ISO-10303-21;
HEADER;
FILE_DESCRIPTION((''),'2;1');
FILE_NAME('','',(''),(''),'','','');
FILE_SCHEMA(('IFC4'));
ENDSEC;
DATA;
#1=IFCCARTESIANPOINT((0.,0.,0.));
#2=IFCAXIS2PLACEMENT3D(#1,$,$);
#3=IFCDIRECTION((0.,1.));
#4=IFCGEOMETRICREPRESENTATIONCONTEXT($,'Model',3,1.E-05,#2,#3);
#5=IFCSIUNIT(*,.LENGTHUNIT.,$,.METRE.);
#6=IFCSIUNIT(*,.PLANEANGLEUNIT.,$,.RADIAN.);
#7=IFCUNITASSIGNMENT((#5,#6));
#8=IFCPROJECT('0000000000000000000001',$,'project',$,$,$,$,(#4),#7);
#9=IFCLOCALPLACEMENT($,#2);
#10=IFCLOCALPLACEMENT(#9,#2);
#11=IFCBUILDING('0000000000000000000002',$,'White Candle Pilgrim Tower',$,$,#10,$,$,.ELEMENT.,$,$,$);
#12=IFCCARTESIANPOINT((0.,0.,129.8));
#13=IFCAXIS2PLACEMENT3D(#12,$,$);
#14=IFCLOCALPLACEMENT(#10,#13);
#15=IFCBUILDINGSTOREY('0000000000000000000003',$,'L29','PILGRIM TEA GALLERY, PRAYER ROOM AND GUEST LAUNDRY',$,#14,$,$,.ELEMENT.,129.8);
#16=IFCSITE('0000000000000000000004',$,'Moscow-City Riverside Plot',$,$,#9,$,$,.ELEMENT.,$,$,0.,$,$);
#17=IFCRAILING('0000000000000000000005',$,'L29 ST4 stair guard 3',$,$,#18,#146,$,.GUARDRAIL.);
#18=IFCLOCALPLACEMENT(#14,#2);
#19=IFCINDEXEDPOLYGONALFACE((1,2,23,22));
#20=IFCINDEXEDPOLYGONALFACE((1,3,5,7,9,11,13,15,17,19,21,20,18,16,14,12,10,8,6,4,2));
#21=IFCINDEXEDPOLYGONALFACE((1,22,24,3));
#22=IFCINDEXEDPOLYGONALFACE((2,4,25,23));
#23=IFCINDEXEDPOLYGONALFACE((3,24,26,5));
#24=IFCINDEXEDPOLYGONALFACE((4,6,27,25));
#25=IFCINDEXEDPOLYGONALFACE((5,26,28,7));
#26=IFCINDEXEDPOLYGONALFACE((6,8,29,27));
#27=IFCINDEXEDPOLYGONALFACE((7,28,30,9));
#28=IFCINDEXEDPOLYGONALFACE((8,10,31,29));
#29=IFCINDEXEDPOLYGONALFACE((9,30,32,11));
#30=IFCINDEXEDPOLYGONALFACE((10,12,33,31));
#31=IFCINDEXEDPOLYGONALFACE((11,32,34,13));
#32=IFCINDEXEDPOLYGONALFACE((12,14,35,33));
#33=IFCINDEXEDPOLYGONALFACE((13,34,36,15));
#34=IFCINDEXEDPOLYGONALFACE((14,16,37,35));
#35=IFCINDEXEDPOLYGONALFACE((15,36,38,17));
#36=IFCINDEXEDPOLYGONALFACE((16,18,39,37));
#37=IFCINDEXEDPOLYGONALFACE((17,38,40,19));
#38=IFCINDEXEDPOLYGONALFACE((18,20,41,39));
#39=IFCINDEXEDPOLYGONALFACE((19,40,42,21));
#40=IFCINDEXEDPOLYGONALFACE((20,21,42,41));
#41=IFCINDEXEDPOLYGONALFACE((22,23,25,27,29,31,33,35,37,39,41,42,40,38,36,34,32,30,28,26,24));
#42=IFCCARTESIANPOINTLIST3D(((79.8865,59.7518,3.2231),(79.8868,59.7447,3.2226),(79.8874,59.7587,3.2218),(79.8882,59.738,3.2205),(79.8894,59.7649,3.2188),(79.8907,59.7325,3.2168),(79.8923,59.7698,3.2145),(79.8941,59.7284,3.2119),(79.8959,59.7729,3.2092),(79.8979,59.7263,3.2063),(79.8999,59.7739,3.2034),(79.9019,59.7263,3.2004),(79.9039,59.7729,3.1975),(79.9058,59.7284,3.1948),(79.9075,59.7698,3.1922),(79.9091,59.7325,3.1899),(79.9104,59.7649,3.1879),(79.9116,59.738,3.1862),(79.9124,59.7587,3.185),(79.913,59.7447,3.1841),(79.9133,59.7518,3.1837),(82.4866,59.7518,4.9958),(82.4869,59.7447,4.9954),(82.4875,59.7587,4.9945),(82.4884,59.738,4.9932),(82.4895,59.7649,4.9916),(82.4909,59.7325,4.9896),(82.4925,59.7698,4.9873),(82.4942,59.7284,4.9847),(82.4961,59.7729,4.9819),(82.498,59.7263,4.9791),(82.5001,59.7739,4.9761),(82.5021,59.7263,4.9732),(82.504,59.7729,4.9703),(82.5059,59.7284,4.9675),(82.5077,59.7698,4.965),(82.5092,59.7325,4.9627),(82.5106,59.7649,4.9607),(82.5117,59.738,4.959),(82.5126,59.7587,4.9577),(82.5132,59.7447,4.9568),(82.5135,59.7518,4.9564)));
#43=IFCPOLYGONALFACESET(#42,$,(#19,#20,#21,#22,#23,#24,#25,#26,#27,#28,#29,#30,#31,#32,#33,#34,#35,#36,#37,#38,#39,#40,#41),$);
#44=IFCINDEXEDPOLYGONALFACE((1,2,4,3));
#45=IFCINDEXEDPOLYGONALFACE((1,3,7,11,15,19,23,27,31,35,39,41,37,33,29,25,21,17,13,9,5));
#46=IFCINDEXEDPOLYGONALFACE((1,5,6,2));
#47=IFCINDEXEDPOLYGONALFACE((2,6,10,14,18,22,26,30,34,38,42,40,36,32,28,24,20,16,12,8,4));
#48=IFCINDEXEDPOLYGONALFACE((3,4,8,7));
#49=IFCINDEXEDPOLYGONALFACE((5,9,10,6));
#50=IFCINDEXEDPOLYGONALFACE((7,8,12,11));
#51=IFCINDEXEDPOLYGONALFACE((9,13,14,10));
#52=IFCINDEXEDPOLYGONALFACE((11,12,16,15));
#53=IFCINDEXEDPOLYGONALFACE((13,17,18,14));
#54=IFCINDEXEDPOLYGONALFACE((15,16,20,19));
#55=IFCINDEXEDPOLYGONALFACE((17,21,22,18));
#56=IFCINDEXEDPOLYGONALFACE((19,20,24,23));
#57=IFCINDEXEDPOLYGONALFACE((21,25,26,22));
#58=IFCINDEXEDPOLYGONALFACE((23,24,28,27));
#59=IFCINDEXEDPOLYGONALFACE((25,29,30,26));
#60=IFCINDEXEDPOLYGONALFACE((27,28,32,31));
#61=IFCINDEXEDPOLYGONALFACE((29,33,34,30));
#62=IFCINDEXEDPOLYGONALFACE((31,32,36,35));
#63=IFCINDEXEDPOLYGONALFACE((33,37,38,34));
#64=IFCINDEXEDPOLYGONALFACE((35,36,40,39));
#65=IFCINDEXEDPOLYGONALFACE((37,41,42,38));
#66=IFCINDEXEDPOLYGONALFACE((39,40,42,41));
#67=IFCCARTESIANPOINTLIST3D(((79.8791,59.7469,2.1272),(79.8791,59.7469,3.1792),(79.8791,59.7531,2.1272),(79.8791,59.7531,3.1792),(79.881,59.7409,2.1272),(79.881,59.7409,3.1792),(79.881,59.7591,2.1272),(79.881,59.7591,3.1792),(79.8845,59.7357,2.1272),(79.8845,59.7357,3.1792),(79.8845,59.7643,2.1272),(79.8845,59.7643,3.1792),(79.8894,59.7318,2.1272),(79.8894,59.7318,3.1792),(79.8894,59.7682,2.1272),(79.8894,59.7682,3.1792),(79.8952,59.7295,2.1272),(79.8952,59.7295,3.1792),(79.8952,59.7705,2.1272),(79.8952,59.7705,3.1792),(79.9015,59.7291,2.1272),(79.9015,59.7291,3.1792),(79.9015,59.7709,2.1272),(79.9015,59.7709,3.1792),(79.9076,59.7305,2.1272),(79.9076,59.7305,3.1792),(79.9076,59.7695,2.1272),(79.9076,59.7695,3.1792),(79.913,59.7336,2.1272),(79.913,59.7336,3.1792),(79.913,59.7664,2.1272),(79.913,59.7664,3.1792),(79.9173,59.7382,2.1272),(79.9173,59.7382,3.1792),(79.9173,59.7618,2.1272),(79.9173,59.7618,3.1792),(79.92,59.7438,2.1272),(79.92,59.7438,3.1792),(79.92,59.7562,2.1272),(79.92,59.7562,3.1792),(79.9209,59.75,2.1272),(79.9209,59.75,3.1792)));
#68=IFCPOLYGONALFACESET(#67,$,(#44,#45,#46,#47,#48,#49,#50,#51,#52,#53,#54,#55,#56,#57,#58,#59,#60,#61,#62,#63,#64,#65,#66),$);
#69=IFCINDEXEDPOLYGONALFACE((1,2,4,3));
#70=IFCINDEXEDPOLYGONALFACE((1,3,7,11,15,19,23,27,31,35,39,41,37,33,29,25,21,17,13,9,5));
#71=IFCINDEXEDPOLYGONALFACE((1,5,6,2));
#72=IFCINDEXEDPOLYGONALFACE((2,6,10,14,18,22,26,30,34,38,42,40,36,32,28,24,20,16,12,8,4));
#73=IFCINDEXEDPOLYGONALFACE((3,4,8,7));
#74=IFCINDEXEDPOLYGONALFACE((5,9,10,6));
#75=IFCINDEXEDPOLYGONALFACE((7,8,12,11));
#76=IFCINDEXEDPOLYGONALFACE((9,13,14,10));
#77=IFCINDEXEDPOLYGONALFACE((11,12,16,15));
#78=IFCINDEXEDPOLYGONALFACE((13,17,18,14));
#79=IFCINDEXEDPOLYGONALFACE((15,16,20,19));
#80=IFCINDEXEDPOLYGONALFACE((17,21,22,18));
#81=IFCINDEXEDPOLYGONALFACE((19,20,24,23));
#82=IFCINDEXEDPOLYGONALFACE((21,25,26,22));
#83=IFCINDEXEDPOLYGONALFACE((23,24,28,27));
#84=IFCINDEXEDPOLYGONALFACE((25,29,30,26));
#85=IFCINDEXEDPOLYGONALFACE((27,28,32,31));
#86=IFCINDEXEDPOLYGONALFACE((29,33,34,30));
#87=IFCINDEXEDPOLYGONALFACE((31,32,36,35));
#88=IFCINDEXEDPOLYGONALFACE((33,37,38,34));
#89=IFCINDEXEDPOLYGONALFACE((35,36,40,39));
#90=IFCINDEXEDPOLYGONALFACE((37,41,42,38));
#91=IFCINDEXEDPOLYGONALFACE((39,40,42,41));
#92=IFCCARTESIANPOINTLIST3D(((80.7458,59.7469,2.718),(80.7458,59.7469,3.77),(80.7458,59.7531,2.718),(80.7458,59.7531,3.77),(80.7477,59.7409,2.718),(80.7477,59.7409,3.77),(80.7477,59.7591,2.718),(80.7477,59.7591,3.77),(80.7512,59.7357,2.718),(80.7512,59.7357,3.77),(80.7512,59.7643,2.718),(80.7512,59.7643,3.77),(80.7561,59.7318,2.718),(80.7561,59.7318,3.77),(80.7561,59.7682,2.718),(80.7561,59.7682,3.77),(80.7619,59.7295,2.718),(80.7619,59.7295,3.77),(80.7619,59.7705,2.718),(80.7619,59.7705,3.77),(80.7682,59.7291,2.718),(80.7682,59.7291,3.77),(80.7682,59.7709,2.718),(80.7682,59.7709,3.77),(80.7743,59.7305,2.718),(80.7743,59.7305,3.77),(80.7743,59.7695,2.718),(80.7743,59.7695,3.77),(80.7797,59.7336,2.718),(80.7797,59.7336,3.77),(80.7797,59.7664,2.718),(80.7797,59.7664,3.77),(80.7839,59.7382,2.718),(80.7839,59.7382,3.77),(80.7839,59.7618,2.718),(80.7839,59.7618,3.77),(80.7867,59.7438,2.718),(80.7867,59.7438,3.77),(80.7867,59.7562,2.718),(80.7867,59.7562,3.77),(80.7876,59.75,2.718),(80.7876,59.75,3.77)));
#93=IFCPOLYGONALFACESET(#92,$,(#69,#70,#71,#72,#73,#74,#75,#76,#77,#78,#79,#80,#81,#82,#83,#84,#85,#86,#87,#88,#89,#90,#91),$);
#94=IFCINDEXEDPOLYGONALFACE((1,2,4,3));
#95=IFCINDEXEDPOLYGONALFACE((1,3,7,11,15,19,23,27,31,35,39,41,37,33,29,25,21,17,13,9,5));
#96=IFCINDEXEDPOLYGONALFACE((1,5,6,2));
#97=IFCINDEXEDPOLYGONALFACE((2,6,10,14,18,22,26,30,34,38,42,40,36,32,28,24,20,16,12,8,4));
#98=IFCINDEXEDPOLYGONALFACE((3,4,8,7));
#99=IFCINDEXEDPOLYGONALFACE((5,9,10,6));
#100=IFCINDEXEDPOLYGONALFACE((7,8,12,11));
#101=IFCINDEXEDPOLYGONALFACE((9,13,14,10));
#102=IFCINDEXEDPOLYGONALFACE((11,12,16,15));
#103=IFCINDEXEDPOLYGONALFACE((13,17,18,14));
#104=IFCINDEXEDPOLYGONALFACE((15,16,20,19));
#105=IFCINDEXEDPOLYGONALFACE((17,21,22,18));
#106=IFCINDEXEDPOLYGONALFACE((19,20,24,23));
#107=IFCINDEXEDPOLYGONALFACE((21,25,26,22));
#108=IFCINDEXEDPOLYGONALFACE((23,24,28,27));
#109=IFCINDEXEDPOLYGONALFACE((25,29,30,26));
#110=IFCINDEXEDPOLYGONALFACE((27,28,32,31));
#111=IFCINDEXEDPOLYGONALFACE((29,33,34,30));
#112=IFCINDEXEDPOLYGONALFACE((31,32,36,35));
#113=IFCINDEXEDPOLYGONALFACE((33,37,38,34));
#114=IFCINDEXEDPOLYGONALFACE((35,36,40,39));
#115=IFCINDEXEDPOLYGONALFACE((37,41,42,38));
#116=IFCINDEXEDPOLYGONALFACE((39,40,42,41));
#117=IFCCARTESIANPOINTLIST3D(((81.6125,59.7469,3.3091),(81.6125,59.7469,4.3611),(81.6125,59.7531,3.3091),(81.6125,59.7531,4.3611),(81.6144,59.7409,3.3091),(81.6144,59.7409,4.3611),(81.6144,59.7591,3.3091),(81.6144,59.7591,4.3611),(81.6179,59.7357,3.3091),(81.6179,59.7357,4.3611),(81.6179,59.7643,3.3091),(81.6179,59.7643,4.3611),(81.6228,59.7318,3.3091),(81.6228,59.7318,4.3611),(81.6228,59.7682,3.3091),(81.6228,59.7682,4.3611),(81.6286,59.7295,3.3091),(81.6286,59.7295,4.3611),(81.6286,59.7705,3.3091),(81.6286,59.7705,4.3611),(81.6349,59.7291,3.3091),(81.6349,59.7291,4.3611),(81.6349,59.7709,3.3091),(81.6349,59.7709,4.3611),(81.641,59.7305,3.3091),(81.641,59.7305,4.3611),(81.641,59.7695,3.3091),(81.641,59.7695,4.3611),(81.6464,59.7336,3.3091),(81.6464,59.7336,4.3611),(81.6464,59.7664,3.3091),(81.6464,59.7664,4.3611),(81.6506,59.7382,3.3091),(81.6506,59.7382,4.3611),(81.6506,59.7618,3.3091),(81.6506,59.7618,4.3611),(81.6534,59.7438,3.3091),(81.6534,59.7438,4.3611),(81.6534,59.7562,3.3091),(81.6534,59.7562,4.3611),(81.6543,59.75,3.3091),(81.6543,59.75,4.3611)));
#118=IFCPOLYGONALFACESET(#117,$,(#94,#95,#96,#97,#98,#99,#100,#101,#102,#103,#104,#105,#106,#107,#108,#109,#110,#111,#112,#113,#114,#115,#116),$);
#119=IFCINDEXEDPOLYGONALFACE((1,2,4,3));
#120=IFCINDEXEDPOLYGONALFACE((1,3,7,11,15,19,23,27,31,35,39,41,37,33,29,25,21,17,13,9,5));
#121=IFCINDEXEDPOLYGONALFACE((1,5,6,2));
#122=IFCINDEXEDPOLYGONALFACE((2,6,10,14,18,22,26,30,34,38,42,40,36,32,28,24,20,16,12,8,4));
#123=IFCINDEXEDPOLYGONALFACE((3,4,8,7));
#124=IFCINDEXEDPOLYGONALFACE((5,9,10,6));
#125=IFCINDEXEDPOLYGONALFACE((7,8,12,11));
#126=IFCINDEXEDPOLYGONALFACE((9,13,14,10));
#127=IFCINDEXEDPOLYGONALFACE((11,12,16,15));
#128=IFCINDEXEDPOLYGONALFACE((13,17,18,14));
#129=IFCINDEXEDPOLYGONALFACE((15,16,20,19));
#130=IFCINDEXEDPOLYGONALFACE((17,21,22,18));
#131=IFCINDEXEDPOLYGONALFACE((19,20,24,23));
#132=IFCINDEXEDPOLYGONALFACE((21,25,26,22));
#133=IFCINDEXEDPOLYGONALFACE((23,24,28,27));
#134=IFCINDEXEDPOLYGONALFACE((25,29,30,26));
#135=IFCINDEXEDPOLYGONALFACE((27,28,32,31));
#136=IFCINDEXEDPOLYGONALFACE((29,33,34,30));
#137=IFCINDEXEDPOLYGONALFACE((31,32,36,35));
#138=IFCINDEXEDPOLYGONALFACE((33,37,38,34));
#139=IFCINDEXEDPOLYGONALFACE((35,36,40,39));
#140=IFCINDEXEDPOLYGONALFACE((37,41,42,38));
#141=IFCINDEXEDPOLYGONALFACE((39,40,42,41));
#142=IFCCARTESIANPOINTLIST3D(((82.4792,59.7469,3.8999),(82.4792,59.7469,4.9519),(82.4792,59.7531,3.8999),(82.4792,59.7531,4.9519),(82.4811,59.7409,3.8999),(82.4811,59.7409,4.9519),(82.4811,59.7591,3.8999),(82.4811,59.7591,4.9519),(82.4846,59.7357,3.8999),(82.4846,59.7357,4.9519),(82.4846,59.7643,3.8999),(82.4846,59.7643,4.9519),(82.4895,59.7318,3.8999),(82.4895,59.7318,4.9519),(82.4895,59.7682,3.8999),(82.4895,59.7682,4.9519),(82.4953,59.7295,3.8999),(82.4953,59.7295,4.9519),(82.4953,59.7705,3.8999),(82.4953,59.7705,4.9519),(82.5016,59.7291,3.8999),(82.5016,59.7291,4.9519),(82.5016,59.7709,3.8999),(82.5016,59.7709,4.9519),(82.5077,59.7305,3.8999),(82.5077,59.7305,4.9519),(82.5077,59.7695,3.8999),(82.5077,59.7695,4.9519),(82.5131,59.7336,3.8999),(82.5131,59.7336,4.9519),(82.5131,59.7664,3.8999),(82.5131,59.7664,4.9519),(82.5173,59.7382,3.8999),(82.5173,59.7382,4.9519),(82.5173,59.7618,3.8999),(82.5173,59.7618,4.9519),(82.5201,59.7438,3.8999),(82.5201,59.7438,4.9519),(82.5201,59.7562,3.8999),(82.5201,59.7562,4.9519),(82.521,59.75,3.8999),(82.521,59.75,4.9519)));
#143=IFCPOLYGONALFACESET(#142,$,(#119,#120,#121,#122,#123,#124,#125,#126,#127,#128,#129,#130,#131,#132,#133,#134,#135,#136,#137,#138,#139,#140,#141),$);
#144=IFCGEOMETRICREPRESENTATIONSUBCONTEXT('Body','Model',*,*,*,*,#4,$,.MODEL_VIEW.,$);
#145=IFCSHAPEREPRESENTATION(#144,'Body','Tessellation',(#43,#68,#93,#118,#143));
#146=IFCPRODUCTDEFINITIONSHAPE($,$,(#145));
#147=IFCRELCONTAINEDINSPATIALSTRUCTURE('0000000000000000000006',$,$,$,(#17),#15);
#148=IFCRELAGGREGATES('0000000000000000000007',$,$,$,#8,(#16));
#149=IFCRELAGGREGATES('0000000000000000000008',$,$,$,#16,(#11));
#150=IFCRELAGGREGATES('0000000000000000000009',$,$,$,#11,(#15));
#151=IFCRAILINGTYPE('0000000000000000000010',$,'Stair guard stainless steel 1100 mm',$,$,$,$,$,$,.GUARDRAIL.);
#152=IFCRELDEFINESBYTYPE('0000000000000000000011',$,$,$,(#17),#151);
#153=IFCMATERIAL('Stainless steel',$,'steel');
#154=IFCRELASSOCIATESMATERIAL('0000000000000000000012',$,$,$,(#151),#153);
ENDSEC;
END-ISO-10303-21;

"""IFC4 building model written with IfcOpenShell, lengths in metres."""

from ifc_helpers import new_model, si_unit, direction, frame, origin, origin_2d, place, context, subcontext, project, spatial, circle, extrude, material, type_object, element, save


model = new_model("IFC4")

# Units and contexts
model_context = context("Model", 3, precision=1e-05, world=origin(), true_north=direction((0.0, 1.0)))
body_context = subcontext(model_context, "Body", "Model", "MODEL_VIEW")
ifc_project = project(units=[si_unit("LENGTHUNIT", "METRE"), si_unit("PLANEANGLEUNIT", "RADIAN")], contexts=[model_context])

# Site, building, storey
site_placement = place(None, origin())
site = spatial("IfcSite", under=ifc_project, at=site_placement, Name="Moscow-City Riverside Plot", CompositionType="ELEMENT", RefElevation=0.0)
building_placement = place(site_placement, origin())
building = spatial("IfcBuilding", under=site, at=building_placement, Name="White Candle Pilgrim Tower", CompositionType="ELEMENT")
storey_placement = place(building_placement, frame((0.0, 0.0, 129.8)))
storey = spatial("IfcBuildingStorey", under=building, at=storey_placement, Name="L29", Description="PILGRIM TEA GALLERY, PRAYER ROOM AND GUEST LAUNDRY", CompositionType="ELEMENT", Elevation=129.8)

# Railing
ifc_material_1 = material(Name="Stainless steel", Category="steel")
railing_type_1 = type_object("IfcRailingType", Name="Stair guard stainless steel 1100 mm", PredefinedType="GUARDRAIL", material=ifc_material_1)
railing_1_placement = place(storey_placement, frame((79.8999, 59.75, 2.1272)))
element("IfcRailing", 1, at=railing_1_placement, inside=storey, type_object=railing_type_1, Name="L29 ST4 stair guard 3", PredefinedType="GUARDRAIL", context=body_context, shape_type="SweptSolid", body=[
    extrude(circle(Radius=0.0239, at=origin_2d()), frame((0.0, 0.0, 1.0762), z_axis=(0.82624, 0.0, 0.563318), x_axis=(0.0, 1.0, 0.0)), (0.0, 0.0, 1.0), 3.147),
    extrude(circle(Radius=0.021, at=origin_2d()), origin(), (0.0, 0.0, 1.0), 1.052),
    extrude(circle(Radius=0.021, at=origin_2d()), frame((0.8667, 0.0, 0.5908)), (0.0, 0.0, 1.0), 1.052),
    extrude(circle(Radius=0.021, at=origin_2d()), frame((1.7334, 0.0, 1.1819)), (0.0, 0.0, 1.0), 1.052),
    extrude(circle(Radius=0.021, at=origin_2d()), frame((2.6001, 0.0, 1.7727)), (0.0, 0.0, 1.0), 1.052),
])

save(model, "model.ifc")
